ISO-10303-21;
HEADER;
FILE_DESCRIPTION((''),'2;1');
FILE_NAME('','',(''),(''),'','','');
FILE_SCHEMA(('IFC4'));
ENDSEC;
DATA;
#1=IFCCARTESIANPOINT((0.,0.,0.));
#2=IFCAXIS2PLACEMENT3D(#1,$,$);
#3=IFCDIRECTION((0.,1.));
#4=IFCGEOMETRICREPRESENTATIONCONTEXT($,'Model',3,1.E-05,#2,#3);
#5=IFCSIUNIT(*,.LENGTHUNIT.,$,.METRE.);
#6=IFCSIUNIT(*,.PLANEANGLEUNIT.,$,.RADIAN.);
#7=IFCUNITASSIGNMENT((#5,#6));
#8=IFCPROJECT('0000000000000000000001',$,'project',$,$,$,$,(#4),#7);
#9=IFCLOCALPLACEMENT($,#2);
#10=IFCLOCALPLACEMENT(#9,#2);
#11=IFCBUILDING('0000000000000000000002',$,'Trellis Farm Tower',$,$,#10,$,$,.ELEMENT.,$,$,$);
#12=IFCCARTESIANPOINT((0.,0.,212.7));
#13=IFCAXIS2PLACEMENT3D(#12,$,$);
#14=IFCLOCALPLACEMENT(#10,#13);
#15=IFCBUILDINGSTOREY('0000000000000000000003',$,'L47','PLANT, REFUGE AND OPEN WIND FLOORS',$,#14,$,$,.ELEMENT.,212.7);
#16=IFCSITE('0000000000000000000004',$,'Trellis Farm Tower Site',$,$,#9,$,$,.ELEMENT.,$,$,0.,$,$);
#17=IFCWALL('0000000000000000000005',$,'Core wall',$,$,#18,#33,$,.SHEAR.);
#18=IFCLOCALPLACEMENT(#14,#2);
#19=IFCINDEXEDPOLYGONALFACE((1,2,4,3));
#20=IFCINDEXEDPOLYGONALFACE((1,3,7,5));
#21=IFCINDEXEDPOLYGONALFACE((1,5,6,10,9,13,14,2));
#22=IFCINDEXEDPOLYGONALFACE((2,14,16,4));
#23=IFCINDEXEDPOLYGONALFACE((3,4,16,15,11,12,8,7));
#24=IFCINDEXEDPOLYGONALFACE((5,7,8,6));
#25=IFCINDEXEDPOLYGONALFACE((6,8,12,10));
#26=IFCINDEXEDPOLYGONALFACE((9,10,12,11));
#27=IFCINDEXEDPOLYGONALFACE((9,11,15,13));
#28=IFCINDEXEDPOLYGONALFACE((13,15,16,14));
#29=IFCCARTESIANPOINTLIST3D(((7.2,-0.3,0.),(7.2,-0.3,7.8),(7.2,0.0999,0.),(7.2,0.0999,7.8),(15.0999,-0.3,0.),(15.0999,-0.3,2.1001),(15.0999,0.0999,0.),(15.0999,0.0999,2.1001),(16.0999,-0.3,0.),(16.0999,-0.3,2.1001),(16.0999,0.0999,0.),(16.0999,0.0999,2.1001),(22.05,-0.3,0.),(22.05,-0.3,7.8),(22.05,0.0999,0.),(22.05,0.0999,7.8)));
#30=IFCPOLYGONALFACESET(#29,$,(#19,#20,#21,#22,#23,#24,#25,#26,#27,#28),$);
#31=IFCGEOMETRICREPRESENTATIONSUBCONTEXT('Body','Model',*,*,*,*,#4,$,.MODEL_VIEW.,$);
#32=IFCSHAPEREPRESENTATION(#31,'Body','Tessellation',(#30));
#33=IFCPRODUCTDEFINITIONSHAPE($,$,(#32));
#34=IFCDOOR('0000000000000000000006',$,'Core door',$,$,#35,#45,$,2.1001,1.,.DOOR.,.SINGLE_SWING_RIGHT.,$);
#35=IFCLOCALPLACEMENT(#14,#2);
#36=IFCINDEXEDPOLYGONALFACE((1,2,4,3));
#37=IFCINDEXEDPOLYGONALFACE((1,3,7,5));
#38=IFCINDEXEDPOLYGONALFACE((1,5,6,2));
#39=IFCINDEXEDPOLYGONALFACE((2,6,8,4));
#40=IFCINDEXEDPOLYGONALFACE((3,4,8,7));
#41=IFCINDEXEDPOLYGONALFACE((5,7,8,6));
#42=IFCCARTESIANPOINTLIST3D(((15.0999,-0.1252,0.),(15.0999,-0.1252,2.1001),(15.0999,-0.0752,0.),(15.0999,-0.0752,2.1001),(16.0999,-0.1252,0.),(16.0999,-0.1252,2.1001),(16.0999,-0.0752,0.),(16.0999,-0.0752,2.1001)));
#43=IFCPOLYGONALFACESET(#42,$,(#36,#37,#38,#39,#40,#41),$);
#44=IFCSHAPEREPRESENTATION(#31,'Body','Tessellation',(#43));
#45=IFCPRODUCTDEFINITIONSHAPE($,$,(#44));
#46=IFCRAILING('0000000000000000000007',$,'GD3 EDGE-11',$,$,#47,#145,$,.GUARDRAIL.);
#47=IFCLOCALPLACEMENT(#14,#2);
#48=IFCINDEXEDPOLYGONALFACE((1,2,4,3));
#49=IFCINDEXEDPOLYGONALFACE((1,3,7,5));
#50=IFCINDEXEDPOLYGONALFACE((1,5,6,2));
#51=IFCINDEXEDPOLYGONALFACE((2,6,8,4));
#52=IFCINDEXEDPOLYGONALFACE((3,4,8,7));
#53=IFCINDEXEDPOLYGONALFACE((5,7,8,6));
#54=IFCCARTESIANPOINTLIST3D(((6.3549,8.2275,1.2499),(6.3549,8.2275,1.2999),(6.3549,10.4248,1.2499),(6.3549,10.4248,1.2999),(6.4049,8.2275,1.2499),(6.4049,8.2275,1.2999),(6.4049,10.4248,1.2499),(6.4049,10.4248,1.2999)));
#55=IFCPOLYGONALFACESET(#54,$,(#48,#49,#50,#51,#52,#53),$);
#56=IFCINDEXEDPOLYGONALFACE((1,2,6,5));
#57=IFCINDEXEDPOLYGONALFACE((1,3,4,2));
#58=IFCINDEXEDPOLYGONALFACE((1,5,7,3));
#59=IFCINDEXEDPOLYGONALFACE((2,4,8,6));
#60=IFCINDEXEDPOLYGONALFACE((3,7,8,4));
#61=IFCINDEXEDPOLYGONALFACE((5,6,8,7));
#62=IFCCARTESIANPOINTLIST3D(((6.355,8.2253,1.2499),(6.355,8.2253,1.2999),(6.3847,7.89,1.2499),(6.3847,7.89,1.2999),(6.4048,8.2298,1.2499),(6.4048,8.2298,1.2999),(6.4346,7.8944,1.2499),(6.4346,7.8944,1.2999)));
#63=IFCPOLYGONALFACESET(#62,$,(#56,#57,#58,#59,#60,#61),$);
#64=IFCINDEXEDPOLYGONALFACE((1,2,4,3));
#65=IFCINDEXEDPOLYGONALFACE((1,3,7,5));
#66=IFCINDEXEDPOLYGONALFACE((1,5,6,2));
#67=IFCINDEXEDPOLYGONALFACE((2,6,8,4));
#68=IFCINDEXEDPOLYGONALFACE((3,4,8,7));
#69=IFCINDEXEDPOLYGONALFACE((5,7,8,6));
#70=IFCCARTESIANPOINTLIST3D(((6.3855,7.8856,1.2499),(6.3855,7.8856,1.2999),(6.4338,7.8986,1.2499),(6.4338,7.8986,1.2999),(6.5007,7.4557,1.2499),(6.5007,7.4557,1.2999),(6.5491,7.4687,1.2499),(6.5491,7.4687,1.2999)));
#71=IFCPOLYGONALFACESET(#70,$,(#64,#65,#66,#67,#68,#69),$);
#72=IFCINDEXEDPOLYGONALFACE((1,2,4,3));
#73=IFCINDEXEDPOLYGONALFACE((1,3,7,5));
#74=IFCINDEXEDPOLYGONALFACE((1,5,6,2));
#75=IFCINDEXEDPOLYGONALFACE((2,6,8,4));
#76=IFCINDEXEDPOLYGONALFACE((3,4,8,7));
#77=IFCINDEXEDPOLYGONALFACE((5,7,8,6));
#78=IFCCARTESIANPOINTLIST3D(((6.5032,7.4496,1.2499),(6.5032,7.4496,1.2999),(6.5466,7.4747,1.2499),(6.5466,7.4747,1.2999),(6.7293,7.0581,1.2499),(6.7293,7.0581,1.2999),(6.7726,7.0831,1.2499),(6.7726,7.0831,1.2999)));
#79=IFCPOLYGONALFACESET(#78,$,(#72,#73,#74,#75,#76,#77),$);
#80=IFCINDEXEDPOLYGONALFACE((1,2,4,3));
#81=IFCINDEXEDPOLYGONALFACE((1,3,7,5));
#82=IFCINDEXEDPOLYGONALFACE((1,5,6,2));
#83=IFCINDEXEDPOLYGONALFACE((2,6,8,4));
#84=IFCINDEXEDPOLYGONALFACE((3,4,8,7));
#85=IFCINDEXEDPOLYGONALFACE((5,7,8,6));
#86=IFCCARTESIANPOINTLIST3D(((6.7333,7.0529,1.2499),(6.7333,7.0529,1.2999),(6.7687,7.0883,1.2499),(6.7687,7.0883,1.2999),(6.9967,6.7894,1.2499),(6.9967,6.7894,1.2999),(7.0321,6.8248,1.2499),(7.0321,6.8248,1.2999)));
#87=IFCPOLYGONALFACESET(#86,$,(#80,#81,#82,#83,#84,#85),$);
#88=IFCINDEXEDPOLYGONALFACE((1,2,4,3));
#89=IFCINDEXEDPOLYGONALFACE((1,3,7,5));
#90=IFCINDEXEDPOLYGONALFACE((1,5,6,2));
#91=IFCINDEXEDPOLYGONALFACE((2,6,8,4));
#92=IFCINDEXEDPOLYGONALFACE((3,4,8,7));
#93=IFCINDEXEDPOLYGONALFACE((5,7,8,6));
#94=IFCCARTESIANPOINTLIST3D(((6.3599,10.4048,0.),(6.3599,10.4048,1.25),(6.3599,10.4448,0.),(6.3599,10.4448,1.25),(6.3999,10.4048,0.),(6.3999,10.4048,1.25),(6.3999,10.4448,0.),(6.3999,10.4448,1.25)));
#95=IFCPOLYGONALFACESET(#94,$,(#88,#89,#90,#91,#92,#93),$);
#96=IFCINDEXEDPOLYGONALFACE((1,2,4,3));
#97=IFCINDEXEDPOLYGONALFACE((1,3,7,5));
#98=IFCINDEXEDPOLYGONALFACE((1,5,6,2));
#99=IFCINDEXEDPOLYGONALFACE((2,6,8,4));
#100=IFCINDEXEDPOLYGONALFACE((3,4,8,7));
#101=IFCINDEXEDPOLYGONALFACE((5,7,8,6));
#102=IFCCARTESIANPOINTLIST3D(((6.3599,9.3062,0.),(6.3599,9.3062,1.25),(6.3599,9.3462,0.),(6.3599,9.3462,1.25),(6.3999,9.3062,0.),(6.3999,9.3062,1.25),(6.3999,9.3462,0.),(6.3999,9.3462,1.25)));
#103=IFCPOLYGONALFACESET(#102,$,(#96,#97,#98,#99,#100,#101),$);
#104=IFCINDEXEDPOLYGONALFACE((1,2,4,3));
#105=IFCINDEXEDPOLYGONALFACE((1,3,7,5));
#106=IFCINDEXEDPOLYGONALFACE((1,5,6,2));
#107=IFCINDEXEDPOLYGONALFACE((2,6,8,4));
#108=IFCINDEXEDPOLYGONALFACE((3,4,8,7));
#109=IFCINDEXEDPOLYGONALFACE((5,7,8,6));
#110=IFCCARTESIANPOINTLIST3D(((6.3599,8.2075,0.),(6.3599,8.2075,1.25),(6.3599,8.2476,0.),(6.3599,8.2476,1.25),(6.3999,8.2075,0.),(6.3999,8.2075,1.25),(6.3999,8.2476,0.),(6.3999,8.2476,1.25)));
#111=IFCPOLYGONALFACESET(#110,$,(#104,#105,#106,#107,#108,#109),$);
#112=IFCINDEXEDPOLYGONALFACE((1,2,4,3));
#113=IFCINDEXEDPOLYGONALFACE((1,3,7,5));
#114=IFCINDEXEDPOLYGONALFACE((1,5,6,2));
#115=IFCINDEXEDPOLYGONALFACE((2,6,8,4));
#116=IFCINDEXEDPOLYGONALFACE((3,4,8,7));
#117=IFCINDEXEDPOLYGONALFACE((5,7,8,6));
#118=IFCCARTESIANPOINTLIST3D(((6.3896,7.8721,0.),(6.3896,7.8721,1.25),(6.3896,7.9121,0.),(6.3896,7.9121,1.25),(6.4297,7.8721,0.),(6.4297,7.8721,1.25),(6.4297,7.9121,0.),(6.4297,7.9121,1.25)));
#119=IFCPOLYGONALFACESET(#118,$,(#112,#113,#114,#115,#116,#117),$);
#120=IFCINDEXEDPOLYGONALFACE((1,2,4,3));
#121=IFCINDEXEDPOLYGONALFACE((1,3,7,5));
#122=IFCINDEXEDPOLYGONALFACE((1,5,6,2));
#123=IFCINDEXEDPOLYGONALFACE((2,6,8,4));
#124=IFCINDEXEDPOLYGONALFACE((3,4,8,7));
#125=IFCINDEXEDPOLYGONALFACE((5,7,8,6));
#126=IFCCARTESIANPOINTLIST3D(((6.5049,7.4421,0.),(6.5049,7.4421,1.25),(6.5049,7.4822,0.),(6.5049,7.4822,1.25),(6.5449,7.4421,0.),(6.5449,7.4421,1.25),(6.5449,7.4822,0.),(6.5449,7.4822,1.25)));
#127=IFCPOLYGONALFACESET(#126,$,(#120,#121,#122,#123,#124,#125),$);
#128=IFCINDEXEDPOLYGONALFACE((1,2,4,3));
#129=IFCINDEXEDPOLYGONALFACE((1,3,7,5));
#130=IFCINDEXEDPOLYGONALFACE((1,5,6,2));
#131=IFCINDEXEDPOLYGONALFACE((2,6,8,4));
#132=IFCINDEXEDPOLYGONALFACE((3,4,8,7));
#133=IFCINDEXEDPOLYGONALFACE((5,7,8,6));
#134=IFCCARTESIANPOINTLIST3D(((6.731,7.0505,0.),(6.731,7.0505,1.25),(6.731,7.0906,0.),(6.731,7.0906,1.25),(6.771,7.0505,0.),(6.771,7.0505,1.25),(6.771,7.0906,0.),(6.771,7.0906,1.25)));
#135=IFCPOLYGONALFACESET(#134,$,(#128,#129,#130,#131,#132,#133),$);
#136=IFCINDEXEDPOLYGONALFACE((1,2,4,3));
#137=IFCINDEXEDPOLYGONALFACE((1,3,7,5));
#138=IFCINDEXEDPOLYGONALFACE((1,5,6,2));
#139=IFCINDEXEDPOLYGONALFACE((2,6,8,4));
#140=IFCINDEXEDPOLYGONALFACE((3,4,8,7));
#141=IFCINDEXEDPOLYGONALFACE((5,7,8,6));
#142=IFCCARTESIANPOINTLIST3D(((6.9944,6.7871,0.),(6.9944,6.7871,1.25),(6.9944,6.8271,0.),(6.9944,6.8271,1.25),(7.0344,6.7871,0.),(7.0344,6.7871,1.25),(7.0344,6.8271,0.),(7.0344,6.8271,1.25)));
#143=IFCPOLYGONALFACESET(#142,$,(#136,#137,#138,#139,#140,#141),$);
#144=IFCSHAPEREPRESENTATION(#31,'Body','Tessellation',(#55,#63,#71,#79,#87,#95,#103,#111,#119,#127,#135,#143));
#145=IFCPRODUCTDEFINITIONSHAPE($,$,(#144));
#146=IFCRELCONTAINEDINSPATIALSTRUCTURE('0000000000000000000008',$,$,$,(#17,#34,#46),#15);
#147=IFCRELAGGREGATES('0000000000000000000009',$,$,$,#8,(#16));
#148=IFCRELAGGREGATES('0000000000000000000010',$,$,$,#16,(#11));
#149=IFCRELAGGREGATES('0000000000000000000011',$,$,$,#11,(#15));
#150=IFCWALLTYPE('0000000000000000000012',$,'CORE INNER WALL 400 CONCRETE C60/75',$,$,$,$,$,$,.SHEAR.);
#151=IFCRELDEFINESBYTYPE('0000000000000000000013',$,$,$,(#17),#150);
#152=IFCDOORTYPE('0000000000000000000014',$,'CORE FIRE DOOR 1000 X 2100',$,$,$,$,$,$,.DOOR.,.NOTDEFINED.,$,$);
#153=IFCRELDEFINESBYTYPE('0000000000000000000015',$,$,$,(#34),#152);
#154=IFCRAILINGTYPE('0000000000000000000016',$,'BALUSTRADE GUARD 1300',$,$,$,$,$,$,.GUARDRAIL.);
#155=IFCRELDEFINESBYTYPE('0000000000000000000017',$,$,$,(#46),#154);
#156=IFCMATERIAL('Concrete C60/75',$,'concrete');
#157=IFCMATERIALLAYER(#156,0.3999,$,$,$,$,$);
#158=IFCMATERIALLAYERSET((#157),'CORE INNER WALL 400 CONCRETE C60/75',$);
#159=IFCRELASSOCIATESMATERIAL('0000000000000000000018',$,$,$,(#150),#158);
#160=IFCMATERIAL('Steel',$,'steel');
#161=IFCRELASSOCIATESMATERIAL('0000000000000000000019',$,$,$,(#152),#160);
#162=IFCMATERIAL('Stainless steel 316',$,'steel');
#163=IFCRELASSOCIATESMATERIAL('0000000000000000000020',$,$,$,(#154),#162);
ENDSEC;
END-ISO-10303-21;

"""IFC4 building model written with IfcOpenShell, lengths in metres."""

from ifc_helpers import new_model, si_unit, direction, frame, frame_2d, origin, origin_2d, place, context, subcontext, project, spatial, rectangle, extrude, source, transform, mapped, material, layer, layer_set, type_object, element, fill, save


model = new_model("IFC4")

# Units and contexts
model_context = context("Model", 3, precision=1e-05, world=origin(), true_north=direction((0.0, 1.0)))
body_context = subcontext(model_context, "Body", "Model", "MODEL_VIEW")
ifc_project = project(units=[si_unit("LENGTHUNIT", "METRE"), si_unit("PLANEANGLEUNIT", "RADIAN")], contexts=[model_context])

# Site, building, storey
site_placement = place(None, origin())
site = spatial("IfcSite", under=ifc_project, at=site_placement, Name="Trellis Farm Tower Site", CompositionType="ELEMENT", RefElevation=0.0)
building_placement = place(site_placement, origin())
building = spatial("IfcBuilding", under=site, at=building_placement, Name="Trellis Farm Tower", CompositionType="ELEMENT")
storey_placement = place(building_placement, frame((0.0, 0.0, 212.7)))
storey = spatial("IfcBuildingStorey", under=building, at=storey_placement, Name="L47", Description="PLANT, REFUGE AND OPEN WIND FLOORS", CompositionType="ELEMENT", Elevation=212.7)

# Shared definitions
ifc_material_1 = material(Name="Concrete C60/75", Category="concrete")

# Shared definitions
ifc_layer_1 = layer(ifc_material_1, 0.3999)
ifc_layer_set_1 = layer_set([ifc_layer_1], Name="CORE INNER WALL 400 CONCRETE C60/75")
wall_type_1 = type_object("IfcWallType", Name="CORE INNER WALL 400 CONCRETE C60/75", PredefinedType="SHEAR", material=ifc_layer_set_1)

# Shared definitions
ifc_material_2 = material(Name="Steel", Category="steel")

# Shared definitions
door_type_1 = type_object("IfcDoorType", Name="CORE FIRE DOOR 1000 X 2100", OperationType="NOTDEFINED", PredefinedType="DOOR", material=ifc_material_2)

# Wall, opening, door
shared_shape_1 = source(origin(), body_context, "Body", "SweptSolid", [
    extrude(rectangle(XDim=14.8501, YDim=0.3999, at=frame_2d((7.425, 0.0))), origin(), (0.0, 0.0, 1.0), 7.8),
])
wall_1_placement = place(storey_placement, frame((7.2, -0.1001, 0.0), z_axis=(0.0, 0.0, 1.0), x_axis=(1.0, 0.0, 0.0)))
wall_1 = element("IfcWall", 1, at=wall_1_placement, inside=storey, type_object=wall_type_1, Name="Core wall", PredefinedType="SHEAR", context=body_context, shape_type="MappedRepresentation", body=[
    mapped(shared_shape_1, transform((0.0, 0.0, 0.0))),
])
shared_shape_2 = source(origin(), body_context, "Body", "SweptSolid", [
    extrude(rectangle(XDim=1.0, YDim=2.1001, at=frame_2d((0.5, 1.05))), frame((0.0, 0.21, 0.0), z_axis=(0.0, -1.0, 0.0), x_axis=(1.0, 0.0, 0.0)), (0.0, 0.0, 1.0), 0.4199),
])
opening_1_placement = place(wall_1_placement, frame((7.8999, 0.0, 0.0)))
opening_1 = element("IfcOpeningElement", 2, at=opening_1_placement, cuts=wall_1, PredefinedType="OPENING", context=body_context, shape_type="MappedRepresentation", body=[
    mapped(shared_shape_2, transform((0.0, 0.0, 0.0))),
])
shared_shape_3 = source(origin(), body_context, "Body", "SweptSolid", [
    extrude(rectangle(XDim=1.0, YDim=2.1001, at=frame_2d((0.5, 1.05))), frame((0.0, 0.0249, 0.0), z_axis=(0.0, -1.0, 0.0), x_axis=(1.0, 0.0, 0.0)), (0.0, 0.0, 1.0), 0.05),
])
door_1_placement = place(opening_1_placement, origin())
door_1 = element("IfcDoor", 3, at=door_1_placement, inside=storey, type_object=door_type_1, Name="Core door", OperationType="SINGLE_SWING_RIGHT", OverallHeight=2.1001, OverallWidth=1.0, PredefinedType="DOOR", context=body_context, shape_type="MappedRepresentation", body=[
    mapped(shared_shape_3, transform((0.0, 0.0, 0.0))),
])
fill(opening_1, door_1)

# Railing
ifc_material_3 = material(Name="Stainless steel 316", Category="steel")
railing_type = type_object("IfcRailingType", Name="BALUSTRADE GUARD 1300", PredefinedType="GUARDRAIL", material=ifc_material_3)
railing_1_placement = place(storey_placement, frame((6.3799, 10.4248, 0.0)))
element("IfcRailing", 4, at=railing_1_placement, inside=storey, type_object=railing_type, Name="GD3 EDGE-11", PredefinedType="GUARDRAIL", context=body_context, shape_type="SweptSolid", body=[
    extrude(rectangle(XDim=0.05, YDim=0.05, at=origin_2d()), frame((0.0, 0.0, 1.2749), z_axis=(0.0, -1.0, 0.0), x_axis=(1.0, 0.0, 0.0)), (0.0, 0.0, 1.0), 2.1973),
    extrude(rectangle(XDim=0.05, YDim=0.05, at=origin_2d()), frame((0.0, -2.1973, 1.2749), z_axis=(0.088444, -0.996081, 0.0), x_axis=(0.996081, 0.088444, 0.0)), (0.0, 0.0, 1.0), 0.3367),
    extrude(rectangle(XDim=0.05, YDim=0.05, at=origin_2d()), frame((0.0298, -2.5327, 1.2749), z_axis=(0.258891, -0.965906, 0.0), x_axis=(0.965906, 0.258891, 0.0)), (0.0, 0.0, 1.0), 0.4451),
    extrude(rectangle(XDim=0.05, YDim=0.05, at=origin_2d()), frame((0.145, -2.9626, 1.2749), z_axis=(0.499972, -0.866042, 0.0), x_axis=(0.866042, 0.499972, 0.0)), (0.0, 0.0, 1.0), 0.4521),
    extrude(rectangle(XDim=0.05, YDim=0.05, at=origin_2d()), frame((0.3711, -3.3542, 1.2749), z_axis=(0.707107, -0.707107, 0.0), x_axis=(0.707107, 0.707107, 0.0)), (0.0, 0.0, 1.0), 0.3726),
    extrude(rectangle(XDim=0.04, YDim=0.04, at=origin_2d()), origin(), (0.0, 0.0, 1.0), 1.25),
    extrude(rectangle(XDim=0.04, YDim=0.04, at=origin_2d()), frame((0.0, -1.0986, 0.0)), (0.0, 0.0, 1.0), 1.25),
    extrude(rectangle(XDim=0.04, YDim=0.04, at=origin_2d()), frame((0.0, -2.1973, 0.0)), (0.0, 0.0, 1.0), 1.25),
    extrude(rectangle(XDim=0.04, YDim=0.04, at=origin_2d()), frame((0.0298, -2.5327, 0.0)), (0.0, 0.0, 1.0), 1.25),
    extrude(rectangle(XDim=0.04, YDim=0.04, at=origin_2d()), frame((0.145, -2.9626, 0.0)), (0.0, 0.0, 1.0), 1.25),
    extrude(rectangle(XDim=0.04, YDim=0.04, at=origin_2d()), frame((0.3711, -3.3542, 0.0)), (0.0, 0.0, 1.0), 1.25),
    extrude(rectangle(XDim=0.04, YDim=0.04, at=origin_2d()), frame((0.6345, -3.6177, 0.0)), (0.0, 0.0, 1.0), 1.25),
])

save(model, "model.ifc")
